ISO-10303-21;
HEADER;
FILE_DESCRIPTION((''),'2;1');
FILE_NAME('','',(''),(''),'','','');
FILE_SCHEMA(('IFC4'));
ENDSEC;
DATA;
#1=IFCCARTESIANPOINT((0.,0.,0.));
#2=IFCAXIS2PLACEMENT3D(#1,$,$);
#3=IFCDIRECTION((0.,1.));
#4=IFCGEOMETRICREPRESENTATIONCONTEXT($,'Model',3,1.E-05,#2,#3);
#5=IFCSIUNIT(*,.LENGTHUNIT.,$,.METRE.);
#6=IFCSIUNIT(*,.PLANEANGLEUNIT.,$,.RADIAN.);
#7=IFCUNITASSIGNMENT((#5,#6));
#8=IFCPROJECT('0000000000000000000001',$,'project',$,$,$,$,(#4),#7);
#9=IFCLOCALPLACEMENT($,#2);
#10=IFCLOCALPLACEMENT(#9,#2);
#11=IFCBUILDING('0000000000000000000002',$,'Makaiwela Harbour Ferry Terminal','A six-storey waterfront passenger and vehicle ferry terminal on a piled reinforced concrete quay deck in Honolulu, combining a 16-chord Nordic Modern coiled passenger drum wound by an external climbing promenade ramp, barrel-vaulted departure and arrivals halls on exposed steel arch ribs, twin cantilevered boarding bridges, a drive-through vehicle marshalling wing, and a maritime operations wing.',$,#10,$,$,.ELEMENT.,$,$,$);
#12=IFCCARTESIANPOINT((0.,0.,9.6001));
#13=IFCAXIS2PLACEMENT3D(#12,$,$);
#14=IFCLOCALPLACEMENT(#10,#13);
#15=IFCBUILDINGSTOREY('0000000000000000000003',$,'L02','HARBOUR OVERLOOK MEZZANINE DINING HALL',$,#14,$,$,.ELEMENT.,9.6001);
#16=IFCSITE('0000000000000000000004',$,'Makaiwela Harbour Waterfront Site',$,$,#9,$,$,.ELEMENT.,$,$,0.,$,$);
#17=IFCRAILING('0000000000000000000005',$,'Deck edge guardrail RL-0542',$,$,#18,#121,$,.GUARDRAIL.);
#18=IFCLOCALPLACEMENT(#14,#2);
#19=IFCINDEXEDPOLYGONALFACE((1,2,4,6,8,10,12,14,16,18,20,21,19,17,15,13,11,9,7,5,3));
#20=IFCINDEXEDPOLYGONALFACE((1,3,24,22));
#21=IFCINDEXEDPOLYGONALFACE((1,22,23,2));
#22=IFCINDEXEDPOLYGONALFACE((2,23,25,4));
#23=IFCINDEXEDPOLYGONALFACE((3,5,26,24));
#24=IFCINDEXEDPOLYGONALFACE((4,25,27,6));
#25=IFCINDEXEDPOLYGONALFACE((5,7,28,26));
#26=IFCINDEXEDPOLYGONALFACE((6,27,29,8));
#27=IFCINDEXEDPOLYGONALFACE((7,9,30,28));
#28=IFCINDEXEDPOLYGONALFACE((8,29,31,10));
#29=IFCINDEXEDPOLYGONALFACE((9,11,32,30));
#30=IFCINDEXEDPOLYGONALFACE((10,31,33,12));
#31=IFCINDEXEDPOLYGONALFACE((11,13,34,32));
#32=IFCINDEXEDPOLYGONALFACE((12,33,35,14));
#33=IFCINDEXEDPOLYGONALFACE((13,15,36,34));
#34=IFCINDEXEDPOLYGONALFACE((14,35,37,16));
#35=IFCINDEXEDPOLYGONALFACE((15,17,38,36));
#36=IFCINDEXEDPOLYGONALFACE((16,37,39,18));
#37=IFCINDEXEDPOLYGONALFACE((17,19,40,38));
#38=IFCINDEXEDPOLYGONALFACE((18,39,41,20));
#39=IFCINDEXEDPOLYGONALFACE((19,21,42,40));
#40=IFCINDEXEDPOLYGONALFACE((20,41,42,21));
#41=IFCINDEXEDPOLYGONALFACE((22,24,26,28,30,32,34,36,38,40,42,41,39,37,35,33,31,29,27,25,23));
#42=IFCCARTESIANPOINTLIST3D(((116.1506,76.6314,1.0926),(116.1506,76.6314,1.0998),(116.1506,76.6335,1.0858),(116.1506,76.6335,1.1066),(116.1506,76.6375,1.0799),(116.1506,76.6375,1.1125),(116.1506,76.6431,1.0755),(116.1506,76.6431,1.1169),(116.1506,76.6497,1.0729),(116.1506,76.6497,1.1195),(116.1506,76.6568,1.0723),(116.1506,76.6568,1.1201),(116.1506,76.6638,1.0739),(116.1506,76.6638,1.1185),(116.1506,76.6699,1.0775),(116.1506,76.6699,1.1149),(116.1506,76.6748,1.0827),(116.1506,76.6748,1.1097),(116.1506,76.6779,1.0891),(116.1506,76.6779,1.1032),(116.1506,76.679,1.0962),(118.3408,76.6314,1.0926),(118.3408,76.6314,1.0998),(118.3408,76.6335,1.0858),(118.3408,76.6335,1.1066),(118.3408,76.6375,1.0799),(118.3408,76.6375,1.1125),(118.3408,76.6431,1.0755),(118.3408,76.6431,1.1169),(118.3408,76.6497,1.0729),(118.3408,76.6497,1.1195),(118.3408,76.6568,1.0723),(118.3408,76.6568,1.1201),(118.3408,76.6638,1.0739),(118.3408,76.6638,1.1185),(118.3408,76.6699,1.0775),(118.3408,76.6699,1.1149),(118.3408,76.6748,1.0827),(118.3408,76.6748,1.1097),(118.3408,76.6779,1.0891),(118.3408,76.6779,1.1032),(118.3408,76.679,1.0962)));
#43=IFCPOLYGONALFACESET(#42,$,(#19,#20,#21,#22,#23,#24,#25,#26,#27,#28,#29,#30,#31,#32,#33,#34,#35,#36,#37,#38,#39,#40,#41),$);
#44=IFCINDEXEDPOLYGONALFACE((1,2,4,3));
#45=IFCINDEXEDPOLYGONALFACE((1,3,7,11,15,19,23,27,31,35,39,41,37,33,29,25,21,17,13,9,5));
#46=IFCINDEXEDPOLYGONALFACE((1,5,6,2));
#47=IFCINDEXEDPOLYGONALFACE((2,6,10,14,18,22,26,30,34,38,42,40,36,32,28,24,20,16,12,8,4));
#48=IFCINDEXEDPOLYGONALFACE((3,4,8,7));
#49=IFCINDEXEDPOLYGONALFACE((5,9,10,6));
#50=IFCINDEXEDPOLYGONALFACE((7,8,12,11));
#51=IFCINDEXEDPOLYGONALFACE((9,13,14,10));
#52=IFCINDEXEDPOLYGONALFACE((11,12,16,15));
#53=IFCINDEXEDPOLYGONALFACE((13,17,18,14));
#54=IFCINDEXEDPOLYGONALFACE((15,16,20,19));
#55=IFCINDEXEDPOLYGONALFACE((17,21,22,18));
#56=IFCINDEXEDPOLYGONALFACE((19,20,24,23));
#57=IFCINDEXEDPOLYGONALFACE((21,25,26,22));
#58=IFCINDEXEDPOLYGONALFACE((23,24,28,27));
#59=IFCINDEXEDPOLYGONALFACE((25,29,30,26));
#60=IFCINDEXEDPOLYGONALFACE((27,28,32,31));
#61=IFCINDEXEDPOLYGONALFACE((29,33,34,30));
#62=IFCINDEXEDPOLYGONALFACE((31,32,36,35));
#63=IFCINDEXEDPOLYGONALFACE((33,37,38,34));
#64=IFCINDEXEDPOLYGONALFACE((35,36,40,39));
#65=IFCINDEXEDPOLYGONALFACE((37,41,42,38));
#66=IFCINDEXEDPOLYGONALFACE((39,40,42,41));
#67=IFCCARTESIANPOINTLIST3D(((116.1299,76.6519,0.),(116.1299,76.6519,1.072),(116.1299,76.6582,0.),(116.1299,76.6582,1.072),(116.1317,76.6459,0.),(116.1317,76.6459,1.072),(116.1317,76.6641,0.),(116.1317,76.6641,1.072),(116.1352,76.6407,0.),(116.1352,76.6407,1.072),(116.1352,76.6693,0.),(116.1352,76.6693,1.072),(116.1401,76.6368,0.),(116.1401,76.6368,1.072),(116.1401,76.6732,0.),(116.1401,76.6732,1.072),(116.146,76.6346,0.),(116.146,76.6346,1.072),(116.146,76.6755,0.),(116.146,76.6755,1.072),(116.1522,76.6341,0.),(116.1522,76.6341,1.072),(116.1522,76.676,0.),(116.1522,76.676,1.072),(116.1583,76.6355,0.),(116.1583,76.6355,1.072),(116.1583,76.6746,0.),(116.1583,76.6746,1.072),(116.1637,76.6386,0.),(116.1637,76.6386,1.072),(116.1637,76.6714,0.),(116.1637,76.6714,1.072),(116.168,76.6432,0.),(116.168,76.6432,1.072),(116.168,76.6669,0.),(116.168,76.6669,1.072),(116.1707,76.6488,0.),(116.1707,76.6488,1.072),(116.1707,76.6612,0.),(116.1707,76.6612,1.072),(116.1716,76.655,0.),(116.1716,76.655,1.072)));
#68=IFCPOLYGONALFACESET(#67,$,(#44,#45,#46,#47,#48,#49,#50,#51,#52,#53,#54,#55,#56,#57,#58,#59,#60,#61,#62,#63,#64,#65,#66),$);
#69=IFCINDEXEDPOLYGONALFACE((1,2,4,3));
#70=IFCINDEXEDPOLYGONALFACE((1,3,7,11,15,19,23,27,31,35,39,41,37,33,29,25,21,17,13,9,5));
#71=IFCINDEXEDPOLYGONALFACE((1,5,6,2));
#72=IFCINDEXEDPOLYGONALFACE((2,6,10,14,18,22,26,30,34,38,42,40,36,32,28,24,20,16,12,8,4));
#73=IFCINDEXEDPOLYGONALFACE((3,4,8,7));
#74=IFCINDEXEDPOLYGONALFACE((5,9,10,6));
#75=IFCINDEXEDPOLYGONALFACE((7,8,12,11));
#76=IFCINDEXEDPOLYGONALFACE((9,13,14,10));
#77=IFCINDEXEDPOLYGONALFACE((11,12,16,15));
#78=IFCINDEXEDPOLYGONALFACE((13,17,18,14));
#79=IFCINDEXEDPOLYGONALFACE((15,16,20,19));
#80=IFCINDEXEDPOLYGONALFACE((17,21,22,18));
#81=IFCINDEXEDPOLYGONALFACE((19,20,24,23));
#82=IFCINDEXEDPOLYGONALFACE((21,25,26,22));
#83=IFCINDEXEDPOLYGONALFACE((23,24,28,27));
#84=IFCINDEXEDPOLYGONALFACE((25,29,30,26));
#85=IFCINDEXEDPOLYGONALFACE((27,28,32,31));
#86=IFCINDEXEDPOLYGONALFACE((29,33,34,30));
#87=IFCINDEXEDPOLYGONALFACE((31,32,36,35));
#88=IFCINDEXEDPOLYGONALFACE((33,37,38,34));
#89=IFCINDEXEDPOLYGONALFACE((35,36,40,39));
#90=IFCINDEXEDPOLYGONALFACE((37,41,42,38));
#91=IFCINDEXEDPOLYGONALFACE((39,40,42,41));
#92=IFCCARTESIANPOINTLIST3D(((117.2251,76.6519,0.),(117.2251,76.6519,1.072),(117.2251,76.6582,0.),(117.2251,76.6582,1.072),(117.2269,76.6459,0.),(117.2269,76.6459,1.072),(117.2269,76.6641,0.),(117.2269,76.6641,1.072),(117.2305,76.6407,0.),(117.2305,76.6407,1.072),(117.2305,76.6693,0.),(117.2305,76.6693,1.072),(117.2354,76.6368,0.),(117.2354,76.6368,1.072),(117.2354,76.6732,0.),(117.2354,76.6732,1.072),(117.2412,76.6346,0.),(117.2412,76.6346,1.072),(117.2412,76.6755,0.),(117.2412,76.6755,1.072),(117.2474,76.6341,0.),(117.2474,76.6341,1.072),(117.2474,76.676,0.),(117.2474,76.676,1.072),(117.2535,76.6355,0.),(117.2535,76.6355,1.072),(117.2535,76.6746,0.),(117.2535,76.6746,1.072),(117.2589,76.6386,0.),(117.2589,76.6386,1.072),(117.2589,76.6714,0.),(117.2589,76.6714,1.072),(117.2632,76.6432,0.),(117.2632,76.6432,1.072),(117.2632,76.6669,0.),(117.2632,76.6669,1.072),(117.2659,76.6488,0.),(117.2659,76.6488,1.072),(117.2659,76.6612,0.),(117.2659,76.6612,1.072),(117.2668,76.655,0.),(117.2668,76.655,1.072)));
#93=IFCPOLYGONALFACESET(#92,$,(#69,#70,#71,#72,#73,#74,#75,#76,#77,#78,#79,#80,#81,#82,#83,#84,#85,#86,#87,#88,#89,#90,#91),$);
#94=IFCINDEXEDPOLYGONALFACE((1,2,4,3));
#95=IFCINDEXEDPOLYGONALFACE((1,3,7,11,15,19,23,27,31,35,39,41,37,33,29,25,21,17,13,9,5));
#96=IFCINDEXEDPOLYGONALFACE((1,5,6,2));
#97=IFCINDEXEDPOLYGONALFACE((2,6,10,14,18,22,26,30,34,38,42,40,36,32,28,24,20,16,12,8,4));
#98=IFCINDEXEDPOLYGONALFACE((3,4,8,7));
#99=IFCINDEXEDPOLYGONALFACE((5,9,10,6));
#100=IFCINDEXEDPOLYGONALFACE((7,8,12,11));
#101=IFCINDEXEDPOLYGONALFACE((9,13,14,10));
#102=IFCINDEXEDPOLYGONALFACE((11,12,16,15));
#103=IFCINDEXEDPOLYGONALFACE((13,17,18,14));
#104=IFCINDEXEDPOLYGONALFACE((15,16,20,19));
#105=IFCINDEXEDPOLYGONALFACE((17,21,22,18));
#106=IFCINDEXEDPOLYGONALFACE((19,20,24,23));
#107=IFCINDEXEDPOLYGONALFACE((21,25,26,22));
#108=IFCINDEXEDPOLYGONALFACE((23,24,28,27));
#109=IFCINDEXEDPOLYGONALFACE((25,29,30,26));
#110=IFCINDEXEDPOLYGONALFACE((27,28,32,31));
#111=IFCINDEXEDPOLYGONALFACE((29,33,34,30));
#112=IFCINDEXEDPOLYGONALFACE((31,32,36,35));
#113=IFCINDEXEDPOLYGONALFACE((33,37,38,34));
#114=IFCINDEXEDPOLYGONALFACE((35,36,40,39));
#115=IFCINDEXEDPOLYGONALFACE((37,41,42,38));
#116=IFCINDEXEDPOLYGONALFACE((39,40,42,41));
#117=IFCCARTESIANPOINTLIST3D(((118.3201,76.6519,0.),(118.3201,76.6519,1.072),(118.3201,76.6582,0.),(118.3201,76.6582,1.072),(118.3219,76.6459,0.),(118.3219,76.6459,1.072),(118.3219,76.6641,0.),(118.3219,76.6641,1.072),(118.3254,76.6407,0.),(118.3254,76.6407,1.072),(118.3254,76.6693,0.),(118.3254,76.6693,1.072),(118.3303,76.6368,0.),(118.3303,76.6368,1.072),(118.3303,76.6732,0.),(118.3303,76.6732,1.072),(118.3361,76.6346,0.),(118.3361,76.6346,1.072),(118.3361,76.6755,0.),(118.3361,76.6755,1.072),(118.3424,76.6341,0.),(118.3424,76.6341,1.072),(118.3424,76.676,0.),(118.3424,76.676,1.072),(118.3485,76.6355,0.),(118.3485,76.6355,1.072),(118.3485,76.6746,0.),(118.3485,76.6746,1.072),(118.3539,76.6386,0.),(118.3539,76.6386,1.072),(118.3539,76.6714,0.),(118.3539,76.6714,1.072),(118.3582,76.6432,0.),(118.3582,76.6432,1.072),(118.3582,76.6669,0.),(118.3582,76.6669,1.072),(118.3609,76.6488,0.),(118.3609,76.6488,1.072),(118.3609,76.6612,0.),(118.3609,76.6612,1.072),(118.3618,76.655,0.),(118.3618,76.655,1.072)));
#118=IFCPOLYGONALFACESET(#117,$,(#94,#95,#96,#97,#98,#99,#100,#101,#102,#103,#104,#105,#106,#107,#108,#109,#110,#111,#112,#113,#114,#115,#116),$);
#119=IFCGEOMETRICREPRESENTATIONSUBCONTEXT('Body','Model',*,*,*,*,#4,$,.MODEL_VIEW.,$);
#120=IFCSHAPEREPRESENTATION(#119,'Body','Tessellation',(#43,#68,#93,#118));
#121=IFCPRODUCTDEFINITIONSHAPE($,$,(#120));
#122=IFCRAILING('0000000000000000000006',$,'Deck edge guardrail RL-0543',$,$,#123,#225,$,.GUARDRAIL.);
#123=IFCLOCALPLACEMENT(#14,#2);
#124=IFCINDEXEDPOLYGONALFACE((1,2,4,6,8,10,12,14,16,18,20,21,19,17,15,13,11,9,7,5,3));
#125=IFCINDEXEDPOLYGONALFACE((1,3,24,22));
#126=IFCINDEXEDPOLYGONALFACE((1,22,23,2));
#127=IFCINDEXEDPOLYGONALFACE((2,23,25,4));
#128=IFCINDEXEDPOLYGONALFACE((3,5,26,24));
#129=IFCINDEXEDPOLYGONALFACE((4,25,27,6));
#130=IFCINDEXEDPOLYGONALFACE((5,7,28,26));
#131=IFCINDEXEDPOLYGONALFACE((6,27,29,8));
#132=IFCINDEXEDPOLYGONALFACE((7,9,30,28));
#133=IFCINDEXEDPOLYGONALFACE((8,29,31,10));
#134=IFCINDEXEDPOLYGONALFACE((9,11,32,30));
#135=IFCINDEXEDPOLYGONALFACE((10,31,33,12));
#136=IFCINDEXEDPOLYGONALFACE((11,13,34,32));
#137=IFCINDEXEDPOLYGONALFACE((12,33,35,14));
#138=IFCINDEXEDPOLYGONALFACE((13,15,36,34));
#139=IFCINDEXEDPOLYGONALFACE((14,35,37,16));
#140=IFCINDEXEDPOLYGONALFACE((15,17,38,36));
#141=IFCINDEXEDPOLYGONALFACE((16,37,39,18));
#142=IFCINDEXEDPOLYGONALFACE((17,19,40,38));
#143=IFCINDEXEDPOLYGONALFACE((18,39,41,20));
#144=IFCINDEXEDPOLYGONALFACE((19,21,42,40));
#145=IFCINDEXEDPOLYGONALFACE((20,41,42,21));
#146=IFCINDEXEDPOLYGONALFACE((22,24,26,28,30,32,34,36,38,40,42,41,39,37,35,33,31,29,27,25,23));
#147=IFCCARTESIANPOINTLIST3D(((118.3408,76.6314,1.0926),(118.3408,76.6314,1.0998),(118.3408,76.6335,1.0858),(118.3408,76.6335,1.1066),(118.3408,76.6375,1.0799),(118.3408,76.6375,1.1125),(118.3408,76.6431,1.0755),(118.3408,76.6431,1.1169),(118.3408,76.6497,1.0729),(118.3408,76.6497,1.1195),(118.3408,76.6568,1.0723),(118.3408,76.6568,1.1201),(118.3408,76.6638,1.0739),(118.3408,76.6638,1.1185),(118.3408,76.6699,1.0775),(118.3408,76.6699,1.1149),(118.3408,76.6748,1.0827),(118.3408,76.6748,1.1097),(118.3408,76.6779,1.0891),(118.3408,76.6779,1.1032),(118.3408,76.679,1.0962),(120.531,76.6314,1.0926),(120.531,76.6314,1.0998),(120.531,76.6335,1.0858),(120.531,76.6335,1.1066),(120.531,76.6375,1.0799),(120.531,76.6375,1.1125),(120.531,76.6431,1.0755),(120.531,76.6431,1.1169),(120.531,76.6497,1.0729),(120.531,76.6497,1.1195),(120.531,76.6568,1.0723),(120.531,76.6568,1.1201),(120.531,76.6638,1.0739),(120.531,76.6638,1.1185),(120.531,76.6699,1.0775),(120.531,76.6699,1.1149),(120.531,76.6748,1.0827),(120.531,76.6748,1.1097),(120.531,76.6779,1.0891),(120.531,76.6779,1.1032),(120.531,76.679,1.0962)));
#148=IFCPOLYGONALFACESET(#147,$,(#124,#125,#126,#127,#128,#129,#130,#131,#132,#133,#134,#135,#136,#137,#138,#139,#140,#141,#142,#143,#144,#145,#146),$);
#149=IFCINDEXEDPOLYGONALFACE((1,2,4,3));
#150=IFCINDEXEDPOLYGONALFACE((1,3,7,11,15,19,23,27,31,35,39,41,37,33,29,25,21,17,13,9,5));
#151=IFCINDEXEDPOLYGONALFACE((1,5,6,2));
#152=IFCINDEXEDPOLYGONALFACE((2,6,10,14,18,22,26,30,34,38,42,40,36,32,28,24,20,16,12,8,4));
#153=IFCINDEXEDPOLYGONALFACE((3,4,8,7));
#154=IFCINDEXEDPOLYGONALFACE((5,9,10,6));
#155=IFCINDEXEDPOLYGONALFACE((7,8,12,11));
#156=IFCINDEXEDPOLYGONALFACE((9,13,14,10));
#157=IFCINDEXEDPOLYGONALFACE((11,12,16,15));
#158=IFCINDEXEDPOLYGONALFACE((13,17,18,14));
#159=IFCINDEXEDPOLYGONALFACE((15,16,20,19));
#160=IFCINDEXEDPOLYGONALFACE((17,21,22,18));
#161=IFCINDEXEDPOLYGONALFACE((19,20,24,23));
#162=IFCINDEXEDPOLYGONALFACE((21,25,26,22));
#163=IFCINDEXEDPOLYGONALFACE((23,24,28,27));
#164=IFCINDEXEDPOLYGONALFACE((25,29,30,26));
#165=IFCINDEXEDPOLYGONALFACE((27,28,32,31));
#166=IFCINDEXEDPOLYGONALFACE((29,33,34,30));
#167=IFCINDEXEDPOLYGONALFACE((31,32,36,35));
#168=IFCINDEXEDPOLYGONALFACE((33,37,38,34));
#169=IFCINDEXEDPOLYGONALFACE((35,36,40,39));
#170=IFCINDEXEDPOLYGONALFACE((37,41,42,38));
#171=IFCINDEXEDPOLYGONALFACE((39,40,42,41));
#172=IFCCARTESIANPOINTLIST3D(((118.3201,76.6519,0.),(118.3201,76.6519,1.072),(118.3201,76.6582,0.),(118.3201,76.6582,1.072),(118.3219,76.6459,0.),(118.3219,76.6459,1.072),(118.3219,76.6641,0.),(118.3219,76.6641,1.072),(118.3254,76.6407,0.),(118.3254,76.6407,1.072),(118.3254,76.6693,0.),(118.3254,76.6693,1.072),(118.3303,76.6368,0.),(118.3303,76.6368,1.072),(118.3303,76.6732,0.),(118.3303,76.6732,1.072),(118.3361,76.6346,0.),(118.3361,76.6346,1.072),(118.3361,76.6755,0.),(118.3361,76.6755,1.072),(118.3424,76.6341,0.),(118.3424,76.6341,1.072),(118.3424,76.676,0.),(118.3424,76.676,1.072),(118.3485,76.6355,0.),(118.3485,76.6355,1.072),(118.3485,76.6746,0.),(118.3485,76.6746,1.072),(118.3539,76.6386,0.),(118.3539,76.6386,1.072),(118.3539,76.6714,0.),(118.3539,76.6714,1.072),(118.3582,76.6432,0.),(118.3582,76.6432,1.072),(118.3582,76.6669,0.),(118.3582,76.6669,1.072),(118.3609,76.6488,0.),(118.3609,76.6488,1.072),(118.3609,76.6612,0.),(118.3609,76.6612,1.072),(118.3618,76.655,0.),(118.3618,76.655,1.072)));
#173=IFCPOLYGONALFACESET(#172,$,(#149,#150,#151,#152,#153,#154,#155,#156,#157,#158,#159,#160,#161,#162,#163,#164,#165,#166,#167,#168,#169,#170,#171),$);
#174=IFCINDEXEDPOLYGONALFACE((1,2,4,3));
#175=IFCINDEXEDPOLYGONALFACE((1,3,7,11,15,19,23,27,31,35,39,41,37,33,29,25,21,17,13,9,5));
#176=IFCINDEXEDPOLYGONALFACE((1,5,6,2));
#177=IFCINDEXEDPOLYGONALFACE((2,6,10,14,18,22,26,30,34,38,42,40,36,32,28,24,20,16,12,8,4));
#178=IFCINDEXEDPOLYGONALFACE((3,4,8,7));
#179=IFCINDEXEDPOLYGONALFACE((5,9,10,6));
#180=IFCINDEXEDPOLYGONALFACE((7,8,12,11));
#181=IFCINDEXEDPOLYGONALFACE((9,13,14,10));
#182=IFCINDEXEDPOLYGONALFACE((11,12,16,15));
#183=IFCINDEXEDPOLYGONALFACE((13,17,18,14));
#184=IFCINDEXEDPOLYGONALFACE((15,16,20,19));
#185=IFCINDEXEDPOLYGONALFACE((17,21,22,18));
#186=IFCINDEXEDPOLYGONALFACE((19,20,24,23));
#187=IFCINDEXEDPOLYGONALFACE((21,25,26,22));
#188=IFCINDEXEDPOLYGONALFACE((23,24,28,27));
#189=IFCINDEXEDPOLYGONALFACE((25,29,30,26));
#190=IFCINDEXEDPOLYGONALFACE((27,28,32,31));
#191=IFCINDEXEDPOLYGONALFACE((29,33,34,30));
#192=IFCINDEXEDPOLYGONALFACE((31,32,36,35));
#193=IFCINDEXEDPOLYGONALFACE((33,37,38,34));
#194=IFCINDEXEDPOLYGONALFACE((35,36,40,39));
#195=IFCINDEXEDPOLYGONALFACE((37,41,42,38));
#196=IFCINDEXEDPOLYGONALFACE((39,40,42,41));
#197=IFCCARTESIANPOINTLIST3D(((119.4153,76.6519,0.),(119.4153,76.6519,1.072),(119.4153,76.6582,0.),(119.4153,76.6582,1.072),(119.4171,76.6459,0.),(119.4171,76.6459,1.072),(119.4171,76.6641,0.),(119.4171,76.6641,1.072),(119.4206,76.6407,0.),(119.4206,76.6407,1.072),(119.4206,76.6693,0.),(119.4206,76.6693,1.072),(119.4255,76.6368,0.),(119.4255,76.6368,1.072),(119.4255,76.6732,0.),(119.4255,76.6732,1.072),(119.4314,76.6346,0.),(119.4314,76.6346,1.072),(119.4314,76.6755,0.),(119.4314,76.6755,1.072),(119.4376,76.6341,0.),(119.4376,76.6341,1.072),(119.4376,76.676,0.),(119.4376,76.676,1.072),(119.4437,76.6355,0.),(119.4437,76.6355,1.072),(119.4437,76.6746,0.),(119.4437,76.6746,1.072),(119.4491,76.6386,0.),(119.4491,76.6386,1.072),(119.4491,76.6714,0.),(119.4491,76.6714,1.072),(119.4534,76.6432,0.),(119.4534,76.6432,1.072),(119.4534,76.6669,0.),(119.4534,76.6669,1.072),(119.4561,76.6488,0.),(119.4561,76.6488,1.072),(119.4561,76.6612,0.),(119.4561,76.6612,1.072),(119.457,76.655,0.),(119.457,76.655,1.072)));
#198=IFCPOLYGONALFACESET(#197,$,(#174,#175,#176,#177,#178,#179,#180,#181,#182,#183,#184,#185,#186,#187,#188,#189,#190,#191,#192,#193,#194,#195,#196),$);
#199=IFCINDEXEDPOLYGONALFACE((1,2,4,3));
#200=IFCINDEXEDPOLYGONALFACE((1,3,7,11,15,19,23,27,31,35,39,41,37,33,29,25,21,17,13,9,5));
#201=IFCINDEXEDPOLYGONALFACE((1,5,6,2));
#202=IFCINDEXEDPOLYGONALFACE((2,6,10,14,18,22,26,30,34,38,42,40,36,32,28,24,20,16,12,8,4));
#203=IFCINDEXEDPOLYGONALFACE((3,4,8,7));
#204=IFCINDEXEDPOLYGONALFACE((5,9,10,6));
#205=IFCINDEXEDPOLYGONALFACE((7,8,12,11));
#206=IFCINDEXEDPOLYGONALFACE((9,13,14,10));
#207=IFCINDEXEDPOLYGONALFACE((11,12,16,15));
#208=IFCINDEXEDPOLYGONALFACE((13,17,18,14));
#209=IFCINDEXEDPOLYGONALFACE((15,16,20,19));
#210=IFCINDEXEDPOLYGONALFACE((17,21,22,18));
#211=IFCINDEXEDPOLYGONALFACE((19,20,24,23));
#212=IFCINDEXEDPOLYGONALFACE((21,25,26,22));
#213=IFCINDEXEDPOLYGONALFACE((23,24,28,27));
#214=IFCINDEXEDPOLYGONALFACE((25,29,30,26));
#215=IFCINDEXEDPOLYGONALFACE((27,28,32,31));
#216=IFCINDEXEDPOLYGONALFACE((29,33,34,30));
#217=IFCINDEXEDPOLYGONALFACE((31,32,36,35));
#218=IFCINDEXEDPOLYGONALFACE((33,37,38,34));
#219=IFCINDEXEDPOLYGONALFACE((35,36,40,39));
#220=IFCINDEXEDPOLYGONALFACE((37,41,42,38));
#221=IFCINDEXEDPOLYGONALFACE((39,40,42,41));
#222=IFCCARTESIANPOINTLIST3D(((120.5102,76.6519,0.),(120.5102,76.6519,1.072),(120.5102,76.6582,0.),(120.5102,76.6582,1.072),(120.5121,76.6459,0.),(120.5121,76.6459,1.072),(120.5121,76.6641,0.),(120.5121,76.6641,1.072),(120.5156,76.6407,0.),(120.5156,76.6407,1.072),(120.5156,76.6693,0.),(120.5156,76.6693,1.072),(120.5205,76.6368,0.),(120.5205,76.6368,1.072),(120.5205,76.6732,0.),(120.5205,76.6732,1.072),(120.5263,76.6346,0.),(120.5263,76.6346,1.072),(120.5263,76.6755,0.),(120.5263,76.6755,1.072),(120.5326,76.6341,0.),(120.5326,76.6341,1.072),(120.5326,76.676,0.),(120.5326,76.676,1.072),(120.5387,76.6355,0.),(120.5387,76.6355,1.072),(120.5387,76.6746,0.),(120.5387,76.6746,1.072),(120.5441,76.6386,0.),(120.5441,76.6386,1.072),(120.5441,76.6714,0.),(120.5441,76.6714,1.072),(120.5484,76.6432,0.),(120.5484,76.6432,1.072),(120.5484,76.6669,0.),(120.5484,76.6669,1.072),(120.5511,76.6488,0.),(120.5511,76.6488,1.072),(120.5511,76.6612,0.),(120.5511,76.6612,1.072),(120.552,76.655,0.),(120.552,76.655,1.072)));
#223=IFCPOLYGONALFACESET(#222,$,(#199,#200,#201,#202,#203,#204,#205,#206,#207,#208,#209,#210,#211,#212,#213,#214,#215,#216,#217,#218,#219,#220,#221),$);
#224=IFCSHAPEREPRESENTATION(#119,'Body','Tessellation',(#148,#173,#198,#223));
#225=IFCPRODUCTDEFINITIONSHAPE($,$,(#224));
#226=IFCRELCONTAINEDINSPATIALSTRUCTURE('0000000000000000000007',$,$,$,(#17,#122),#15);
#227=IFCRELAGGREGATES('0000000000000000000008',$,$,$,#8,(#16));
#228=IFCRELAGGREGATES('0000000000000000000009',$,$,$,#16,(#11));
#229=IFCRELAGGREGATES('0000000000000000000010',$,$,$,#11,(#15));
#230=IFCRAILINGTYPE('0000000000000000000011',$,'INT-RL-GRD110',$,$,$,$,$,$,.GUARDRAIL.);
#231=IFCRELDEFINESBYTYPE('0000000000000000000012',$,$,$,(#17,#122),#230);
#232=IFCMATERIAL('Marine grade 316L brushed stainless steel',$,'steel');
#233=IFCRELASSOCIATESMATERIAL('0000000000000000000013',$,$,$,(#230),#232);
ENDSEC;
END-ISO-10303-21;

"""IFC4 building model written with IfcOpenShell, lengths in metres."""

from ifc_helpers import new_model, si_unit, direction, frame, origin, origin_2d, place, context, subcontext, project, spatial, circle, extrude, material, type_object, element, save


model = new_model("IFC4")

# Units and contexts
model_context = context("Model", 3, precision=1e-05, world=origin(), true_north=direction((0.0, 1.0)))
body_context = subcontext(model_context, "Body", "Model", "MODEL_VIEW")
ifc_project = project(units=[si_unit("LENGTHUNIT", "METRE"), si_unit("PLANEANGLEUNIT", "RADIAN")], contexts=[model_context])

# Site, building, storey
site_placement = place(None, origin())
site = spatial("IfcSite", under=ifc_project, at=site_placement, Name="Makaiwela Harbour Waterfront Site", CompositionType="ELEMENT", RefElevation=0.0)
building_placement = place(site_placement, origin())
building = spatial("IfcBuilding", under=site, at=building_placement, Name="Makaiwela Harbour Ferry Terminal", Description="A six-storey waterfront passenger and vehicle ferry terminal on a piled reinforced concrete quay deck in Honolulu, combining a 16-chord Nordic Modern coiled passenger drum wound by an external climbing promenade ramp, barrel-vaulted departure and arrivals halls on exposed steel arch ribs, twin cantilevered boarding bridges, a drive-through vehicle marshalling wing, and a maritime operations wing.", CompositionType="ELEMENT")
storey_placement = place(building_placement, frame((0.0, 0.0, 9.6001)))
storey = spatial("IfcBuildingStorey", under=building, at=storey_placement, Name="L02", Description="HARBOUR OVERLOOK MEZZANINE DINING HALL", CompositionType="ELEMENT", Elevation=9.6001)

# Railings
ifc_material_1 = material(Name="Marine grade 316L brushed stainless steel", Category="steel")
railing_type = type_object("IfcRailingType", Name="INT-RL-GRD110", PredefinedType="GUARDRAIL", material=ifc_material_1)
for number, where, name in (
    (1, (116.1506, 76.655, 0.0), "Deck edge guardrail RL-0542"),
    (2, (118.3408, 76.655, 0.0), "Deck edge guardrail RL-0543"),
):
    element("IfcRailing", number, at=place(storey_placement, frame(where)), inside=storey, type_object=railing_type, Name=name, PredefinedType="GUARDRAIL", context=body_context, shape_type="SweptSolid", body=[
        extrude(circle(Radius=0.0239, at=origin_2d()), frame((0.0, 0.0, 1.0962), z_axis=(1.0, 0.0, 0.0), x_axis=(0.0, 1.0, 0.0)), (0.0, 0.0, 1.0), 2.1902),
        extrude(circle(Radius=0.021, at=origin_2d()), origin(), (0.0, 0.0, 1.0), 1.072),
        extrude(circle(Radius=0.021, at=origin_2d()), frame((1.0952, 0.0, 0.0)), (0.0, 0.0, 1.0), 1.072),
        extrude(circle(Radius=0.021, at=origin_2d()), frame((2.1902, 0.0, 0.0)), (0.0, 0.0, 1.0), 1.072),
    ])

save(model, "model.ifc")
